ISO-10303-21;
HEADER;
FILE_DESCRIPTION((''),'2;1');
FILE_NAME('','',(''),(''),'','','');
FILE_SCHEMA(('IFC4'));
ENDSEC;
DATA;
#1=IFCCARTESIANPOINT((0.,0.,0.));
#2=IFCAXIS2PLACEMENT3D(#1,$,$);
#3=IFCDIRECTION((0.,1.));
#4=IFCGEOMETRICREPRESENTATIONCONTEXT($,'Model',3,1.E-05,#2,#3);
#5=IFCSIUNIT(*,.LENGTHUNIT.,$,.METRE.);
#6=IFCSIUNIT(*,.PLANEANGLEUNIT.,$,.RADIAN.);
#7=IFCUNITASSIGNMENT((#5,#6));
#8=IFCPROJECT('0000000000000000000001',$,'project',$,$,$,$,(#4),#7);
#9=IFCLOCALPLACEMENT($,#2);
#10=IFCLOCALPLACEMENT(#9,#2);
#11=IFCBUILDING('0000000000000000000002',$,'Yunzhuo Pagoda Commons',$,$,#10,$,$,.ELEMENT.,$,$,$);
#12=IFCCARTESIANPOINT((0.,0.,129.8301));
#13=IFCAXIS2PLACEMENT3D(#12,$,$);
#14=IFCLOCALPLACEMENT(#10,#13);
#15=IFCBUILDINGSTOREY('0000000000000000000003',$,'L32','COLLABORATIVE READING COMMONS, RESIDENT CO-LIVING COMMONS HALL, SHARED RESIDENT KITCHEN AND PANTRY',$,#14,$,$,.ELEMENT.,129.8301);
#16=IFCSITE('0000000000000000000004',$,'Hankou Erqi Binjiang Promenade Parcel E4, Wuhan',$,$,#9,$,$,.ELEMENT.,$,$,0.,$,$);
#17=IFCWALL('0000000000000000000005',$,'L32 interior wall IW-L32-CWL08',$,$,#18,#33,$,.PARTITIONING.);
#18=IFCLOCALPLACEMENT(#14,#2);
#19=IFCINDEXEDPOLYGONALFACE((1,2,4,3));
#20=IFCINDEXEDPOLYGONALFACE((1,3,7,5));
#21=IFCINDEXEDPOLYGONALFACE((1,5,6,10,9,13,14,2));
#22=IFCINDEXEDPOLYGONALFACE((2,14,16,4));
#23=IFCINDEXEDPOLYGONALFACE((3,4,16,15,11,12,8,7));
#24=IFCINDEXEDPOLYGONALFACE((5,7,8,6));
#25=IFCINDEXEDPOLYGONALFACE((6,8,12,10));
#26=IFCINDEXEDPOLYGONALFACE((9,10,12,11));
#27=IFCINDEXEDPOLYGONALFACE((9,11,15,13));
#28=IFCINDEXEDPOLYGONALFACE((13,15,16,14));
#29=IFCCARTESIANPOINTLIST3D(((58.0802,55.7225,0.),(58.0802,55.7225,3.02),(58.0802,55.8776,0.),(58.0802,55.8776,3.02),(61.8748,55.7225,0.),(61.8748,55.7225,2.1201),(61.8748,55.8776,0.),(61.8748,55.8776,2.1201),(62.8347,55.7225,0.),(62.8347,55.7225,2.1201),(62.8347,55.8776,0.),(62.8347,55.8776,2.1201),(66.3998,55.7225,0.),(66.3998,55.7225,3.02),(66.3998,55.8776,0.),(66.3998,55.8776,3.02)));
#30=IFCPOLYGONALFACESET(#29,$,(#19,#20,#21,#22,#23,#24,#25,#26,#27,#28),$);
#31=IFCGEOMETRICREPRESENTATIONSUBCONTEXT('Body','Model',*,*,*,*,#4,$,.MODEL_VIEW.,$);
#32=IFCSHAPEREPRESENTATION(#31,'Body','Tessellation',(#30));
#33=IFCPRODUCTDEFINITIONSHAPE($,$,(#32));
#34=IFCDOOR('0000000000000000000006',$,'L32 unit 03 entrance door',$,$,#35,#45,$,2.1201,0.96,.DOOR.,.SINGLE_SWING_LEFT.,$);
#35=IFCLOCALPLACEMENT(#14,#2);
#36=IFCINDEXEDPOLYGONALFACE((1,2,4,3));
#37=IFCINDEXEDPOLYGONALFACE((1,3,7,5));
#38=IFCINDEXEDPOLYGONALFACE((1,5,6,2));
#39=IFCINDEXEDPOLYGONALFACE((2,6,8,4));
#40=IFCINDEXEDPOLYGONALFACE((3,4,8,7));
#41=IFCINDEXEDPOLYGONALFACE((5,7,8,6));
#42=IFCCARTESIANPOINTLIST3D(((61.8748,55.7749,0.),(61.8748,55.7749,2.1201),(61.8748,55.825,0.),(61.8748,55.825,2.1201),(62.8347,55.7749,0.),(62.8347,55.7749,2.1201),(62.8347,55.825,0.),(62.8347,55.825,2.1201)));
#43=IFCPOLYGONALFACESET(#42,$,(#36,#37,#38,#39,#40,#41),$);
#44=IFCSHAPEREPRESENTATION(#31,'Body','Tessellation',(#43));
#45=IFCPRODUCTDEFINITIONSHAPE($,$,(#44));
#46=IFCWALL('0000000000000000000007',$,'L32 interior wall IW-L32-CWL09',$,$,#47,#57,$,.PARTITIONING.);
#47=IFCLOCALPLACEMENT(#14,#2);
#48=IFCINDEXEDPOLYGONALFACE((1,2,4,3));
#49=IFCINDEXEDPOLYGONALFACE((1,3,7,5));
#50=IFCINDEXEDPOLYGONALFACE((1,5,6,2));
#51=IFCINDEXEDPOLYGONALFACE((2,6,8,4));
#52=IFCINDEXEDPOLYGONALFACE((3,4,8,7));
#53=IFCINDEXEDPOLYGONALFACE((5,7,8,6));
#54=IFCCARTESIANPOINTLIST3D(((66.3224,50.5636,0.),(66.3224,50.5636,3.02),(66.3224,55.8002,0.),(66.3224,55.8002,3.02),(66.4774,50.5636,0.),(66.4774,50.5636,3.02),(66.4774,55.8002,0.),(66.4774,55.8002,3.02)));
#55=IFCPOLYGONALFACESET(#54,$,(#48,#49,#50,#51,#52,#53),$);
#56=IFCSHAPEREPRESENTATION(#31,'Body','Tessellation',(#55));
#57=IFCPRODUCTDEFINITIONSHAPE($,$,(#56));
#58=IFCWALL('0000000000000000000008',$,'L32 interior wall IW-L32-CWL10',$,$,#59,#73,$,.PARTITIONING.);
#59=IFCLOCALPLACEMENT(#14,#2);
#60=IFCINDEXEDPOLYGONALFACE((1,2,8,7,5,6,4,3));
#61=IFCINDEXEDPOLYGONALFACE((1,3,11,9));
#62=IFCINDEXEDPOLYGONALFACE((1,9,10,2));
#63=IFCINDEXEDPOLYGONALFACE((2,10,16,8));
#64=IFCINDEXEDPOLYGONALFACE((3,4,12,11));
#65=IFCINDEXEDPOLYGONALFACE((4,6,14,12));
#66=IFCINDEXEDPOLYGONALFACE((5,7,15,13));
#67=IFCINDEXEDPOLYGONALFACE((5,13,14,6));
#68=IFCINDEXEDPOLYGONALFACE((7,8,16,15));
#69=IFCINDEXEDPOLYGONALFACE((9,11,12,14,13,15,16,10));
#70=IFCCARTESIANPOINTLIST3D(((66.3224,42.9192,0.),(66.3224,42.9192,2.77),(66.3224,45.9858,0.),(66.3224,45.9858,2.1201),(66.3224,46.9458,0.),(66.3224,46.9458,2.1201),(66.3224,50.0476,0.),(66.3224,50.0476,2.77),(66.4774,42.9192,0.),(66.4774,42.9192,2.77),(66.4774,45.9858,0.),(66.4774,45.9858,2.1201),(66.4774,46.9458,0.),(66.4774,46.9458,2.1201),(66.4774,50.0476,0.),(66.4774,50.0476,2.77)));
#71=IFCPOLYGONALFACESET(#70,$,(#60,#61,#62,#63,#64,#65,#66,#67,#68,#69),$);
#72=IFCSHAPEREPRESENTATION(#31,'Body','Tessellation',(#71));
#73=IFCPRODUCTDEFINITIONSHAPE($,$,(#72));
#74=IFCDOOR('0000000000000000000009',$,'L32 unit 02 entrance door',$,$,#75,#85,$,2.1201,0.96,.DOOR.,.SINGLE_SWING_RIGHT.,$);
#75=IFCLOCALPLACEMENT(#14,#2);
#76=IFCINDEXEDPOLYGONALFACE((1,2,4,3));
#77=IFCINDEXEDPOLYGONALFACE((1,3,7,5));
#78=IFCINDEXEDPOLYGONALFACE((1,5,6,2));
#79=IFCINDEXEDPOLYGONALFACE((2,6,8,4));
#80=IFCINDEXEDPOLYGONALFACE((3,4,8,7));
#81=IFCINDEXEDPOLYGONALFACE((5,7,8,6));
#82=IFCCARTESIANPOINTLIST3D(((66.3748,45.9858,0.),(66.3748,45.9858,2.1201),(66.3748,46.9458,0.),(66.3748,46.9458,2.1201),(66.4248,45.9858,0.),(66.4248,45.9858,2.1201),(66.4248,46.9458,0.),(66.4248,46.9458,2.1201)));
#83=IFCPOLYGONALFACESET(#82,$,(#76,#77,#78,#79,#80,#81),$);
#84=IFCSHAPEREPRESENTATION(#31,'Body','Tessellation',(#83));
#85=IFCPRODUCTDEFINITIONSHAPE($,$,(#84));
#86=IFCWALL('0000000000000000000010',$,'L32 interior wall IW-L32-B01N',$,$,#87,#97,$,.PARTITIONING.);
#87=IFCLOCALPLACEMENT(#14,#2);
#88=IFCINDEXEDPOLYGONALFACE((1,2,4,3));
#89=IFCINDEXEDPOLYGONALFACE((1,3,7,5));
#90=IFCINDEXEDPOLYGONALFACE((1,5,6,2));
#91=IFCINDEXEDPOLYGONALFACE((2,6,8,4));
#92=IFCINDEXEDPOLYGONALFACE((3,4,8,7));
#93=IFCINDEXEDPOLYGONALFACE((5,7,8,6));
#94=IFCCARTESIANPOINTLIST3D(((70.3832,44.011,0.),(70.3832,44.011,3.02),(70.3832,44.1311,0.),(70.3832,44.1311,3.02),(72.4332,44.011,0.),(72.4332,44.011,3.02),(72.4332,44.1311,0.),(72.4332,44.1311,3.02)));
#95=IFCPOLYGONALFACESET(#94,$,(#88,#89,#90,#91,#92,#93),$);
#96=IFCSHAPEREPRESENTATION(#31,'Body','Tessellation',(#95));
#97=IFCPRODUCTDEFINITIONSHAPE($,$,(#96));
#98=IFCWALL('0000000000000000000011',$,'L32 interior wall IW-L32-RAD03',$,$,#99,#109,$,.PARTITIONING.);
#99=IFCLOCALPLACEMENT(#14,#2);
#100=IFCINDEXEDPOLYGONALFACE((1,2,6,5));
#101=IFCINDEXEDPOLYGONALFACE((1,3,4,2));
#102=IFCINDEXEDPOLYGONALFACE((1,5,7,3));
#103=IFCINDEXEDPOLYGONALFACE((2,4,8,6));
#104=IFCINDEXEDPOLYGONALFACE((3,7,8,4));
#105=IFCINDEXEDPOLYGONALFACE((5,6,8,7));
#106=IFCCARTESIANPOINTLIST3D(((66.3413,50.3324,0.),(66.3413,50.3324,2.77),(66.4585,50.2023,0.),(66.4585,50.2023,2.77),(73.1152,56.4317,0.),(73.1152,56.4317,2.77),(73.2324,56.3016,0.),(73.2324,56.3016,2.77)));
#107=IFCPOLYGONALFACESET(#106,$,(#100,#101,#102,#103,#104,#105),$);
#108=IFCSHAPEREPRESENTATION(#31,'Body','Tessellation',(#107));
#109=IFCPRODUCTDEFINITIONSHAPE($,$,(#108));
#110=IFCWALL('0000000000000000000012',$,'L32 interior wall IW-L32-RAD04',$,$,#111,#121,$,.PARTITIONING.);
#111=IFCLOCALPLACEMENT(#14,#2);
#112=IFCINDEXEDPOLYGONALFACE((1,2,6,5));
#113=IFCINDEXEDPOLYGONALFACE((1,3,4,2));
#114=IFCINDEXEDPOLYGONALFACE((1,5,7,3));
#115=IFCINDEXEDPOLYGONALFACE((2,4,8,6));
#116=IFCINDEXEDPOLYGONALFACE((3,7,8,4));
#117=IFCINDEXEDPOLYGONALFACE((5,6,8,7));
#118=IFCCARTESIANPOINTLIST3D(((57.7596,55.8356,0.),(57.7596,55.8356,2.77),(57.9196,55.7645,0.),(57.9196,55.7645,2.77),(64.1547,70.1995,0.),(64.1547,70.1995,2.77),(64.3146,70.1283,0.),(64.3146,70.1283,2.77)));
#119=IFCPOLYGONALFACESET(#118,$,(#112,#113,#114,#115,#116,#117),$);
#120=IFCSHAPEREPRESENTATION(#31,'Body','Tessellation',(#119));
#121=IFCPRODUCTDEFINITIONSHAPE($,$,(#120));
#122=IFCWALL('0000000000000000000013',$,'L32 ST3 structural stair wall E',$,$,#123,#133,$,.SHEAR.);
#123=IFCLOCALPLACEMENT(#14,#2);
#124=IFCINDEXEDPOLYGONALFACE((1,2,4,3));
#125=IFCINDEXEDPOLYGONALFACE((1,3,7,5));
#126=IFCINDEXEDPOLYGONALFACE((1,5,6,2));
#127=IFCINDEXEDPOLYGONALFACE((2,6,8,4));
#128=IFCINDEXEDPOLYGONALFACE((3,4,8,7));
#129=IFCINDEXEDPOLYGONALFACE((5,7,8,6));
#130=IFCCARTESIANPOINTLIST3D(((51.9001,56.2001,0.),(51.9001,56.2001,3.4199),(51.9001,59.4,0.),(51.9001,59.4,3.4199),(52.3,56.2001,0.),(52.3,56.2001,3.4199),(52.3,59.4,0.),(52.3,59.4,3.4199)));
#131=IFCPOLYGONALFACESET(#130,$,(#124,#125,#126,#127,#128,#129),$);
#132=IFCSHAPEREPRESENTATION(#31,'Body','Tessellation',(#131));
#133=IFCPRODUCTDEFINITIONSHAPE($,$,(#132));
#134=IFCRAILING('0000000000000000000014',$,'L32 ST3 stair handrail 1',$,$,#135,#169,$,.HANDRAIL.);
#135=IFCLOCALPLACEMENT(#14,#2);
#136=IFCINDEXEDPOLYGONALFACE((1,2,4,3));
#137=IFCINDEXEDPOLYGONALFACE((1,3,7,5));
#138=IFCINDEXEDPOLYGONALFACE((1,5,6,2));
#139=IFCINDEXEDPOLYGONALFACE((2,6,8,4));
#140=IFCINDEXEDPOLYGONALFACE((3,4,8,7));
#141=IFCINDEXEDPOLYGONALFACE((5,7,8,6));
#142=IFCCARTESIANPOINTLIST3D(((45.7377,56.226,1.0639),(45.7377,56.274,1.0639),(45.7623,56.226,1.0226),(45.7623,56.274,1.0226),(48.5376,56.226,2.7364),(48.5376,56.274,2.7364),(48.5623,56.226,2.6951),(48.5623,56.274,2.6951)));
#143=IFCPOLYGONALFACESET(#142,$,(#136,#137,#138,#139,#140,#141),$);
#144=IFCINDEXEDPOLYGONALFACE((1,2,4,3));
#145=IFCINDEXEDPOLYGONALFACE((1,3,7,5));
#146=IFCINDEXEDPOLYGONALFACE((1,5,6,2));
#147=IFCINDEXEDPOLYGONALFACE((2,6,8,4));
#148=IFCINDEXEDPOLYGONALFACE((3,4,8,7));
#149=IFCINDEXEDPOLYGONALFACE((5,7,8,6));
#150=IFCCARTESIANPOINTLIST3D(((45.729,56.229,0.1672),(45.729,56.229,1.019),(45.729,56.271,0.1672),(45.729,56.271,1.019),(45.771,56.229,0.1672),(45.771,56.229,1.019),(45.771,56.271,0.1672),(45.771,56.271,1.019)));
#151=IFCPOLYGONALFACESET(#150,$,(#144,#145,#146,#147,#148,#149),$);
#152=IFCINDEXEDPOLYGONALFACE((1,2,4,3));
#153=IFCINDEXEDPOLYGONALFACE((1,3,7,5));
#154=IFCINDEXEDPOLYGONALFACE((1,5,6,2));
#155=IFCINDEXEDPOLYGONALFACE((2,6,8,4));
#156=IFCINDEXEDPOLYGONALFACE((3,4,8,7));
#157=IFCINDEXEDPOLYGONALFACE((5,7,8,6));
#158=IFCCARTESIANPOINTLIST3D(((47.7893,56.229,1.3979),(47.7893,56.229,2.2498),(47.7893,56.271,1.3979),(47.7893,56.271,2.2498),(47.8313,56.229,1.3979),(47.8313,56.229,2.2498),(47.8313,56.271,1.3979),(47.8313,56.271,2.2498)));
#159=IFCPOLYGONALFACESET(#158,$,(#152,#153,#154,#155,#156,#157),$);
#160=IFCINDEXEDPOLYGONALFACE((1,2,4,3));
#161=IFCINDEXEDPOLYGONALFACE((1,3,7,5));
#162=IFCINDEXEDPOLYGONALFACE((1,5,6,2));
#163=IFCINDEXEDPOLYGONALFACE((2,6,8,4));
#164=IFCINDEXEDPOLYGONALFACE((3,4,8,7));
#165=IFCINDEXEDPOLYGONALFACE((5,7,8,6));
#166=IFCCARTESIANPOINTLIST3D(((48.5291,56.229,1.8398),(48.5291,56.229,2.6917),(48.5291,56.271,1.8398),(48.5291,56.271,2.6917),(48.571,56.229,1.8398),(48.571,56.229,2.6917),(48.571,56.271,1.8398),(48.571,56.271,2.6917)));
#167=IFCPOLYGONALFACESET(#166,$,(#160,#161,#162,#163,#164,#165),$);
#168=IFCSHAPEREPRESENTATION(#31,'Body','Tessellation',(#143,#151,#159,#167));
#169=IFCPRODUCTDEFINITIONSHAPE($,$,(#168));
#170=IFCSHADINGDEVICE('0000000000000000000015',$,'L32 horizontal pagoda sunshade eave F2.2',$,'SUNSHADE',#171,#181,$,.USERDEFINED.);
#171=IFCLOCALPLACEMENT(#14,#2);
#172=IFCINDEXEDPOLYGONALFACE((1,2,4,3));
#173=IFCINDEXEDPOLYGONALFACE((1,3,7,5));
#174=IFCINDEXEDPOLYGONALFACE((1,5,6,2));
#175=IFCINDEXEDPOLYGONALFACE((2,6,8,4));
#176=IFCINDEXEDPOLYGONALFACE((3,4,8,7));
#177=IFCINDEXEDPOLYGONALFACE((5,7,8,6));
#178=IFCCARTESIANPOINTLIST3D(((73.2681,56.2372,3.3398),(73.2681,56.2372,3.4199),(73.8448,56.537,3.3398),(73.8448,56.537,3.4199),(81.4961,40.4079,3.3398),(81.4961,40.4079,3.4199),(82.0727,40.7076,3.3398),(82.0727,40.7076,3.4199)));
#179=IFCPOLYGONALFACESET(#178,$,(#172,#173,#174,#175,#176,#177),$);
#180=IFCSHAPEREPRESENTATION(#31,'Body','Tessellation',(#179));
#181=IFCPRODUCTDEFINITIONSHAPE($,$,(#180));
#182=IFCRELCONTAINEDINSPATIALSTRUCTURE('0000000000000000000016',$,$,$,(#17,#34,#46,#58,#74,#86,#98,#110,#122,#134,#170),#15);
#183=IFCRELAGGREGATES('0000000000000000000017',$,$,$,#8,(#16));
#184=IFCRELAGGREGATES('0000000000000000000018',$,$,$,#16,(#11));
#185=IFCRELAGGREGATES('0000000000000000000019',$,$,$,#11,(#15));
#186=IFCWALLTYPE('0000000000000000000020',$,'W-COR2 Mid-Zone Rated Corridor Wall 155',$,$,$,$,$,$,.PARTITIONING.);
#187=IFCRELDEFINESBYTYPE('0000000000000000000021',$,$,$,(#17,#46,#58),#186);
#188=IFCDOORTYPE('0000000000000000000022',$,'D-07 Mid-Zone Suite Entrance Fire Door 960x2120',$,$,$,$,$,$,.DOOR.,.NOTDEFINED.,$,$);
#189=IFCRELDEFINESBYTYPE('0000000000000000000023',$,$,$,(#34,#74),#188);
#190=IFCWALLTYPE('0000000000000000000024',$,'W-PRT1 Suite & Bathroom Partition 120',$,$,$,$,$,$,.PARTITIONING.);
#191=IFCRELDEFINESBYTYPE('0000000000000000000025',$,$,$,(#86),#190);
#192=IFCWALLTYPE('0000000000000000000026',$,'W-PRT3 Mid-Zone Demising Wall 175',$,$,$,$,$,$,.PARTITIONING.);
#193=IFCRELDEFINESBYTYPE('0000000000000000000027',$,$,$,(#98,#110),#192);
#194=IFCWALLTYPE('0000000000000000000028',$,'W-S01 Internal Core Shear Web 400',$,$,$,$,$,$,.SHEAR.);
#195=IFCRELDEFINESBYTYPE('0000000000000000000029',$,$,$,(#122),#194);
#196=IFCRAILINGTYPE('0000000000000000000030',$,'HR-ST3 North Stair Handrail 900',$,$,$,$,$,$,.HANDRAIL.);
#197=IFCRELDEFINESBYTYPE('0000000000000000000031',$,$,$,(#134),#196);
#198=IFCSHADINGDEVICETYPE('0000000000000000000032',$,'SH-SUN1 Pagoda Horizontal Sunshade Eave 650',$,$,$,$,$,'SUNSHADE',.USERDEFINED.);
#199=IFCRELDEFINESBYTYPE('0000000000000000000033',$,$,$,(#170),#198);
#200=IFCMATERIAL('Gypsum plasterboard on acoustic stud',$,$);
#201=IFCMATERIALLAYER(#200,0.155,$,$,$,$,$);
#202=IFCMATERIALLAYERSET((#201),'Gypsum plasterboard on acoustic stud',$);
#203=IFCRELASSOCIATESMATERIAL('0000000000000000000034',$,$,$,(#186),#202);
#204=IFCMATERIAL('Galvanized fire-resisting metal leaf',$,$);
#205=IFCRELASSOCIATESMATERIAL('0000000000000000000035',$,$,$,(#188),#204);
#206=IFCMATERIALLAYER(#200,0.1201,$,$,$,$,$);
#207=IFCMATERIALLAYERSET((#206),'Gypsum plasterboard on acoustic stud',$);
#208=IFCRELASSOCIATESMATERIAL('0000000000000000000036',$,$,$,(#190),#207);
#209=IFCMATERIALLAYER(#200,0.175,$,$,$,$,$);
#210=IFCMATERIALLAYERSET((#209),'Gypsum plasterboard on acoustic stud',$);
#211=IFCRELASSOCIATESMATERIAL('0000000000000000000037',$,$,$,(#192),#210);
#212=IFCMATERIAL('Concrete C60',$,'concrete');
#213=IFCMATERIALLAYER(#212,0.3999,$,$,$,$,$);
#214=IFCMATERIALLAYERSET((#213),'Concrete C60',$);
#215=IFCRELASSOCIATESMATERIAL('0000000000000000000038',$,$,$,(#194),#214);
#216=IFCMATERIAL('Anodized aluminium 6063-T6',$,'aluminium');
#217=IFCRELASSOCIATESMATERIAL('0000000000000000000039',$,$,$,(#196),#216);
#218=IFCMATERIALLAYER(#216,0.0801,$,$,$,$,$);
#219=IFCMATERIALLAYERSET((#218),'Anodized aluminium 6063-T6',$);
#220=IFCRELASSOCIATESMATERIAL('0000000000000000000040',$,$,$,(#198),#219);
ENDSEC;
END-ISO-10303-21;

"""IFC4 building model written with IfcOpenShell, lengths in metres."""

from ifc_helpers import new_model, si_unit, direction, frame, frame_2d, origin, origin_with_axes, origin_2d, place, context, subcontext, project, spatial, rectangle, extrude, source, transform, mapped, material, layer, layer_set, type_object, element, fill, save


model = new_model("IFC4")

# Units and contexts
model_context = context("Model", 3, precision=1e-05, world=origin(), true_north=direction((0.0, 1.0)))
body_context = subcontext(model_context, "Body", "Model", "MODEL_VIEW")
ifc_project = project(units=[si_unit("LENGTHUNIT", "METRE"), si_unit("PLANEANGLEUNIT", "RADIAN")], contexts=[model_context])

# Site, building, storey
site_placement = place(None, origin())
site = spatial("IfcSite", under=ifc_project, at=site_placement, Name="Hankou Erqi Binjiang Promenade Parcel E4, Wuhan", CompositionType="ELEMENT", RefElevation=0.0)
building_placement = place(site_placement, origin())
building = spatial("IfcBuilding", under=site, at=building_placement, Name="Yunzhuo Pagoda Commons", CompositionType="ELEMENT")
storey_placement = place(building_placement, frame((0.0, 0.0, 129.8301)))
storey = spatial("IfcBuildingStorey", under=building, at=storey_placement, Name="L32", Description="COLLABORATIVE READING COMMONS, RESIDENT CO-LIVING COMMONS HALL, SHARED RESIDENT KITCHEN AND PANTRY", CompositionType="ELEMENT", Elevation=129.8301)

# Shared definitions
ifc_material_1 = material(Name="Anodized aluminium 6063-T6", Category="aluminium")

# Shared definitions
ifc_material_2 = material(Name="Gypsum plasterboard on acoustic stud")
ifc_layer_1 = layer(ifc_material_2, 0.155)
ifc_layer_set_1 = layer_set([ifc_layer_1], Name="Gypsum plasterboard on acoustic stud")
wall_type_1 = type_object("IfcWallType", Name="W-COR2 Mid-Zone Rated Corridor Wall 155", PredefinedType="PARTITIONING", material=ifc_layer_set_1)

# Wall, opening, door
wall_1_placement = place(storey_placement, frame((58.0803, 55.8, 0.0), z_axis=(0.0, 0.0, 1.0), x_axis=(1.0, 0.0, 0.0)))
wall_1 = element("IfcWall", 1, at=wall_1_placement, inside=storey, type_object=wall_type_1, Name="L32 interior wall IW-L32-CWL08", PredefinedType="PARTITIONING", context=body_context, shape_type="SweptSolid", body=[
    extrude(rectangle(XDim=8.3196, YDim=0.155, at=frame_2d((4.1597, 0.0))), origin(), (0.0, 0.0, 1.0), 3.02),
])
opening_1_placement = place(wall_1_placement, frame((3.7944, 0.0, 0.0)))
opening_1 = element("IfcOpeningElement", 2, at=opening_1_placement, cuts=wall_1, PredefinedType="OPENING", context=body_context, shape_type="SweptSolid", body=[
    extrude(rectangle(XDim=0.96, YDim=2.1201, at=frame_2d((0.48, 1.0601))), frame((0.0, 0.0874, 0.0), z_axis=(0.0, -1.0, 0.0), x_axis=(1.0, 0.0, 0.0)), (0.0, 0.0, 1.0), 0.175),
])
ifc_material_3 = material(Name="Galvanized fire-resisting metal leaf")
door_type = type_object("IfcDoorType", Name="D-07 Mid-Zone Suite Entrance Fire Door 960x2120", OperationType="NOTDEFINED", PredefinedType="DOOR", material=ifc_material_3)
shared_shape_1 = source(origin(), body_context, "Body", "SweptSolid", [
    extrude(rectangle(XDim=0.96, YDim=2.1201, at=frame_2d((0.48, 1.0601))), frame((0.0, 0.0249, 0.0), z_axis=(0.0, -1.0, 0.0), x_axis=(1.0, 0.0, 0.0)), (0.0, 0.0, 1.0), 0.05),
])
door_1_placement = place(opening_1_placement, origin_with_axes())
door_1 = element("IfcDoor", 3, at=door_1_placement, inside=storey, type_object=door_type, Name="L32 unit 03 entrance door", OperationType="SINGLE_SWING_LEFT", OverallHeight=2.1201, OverallWidth=0.96, PredefinedType="DOOR", context=body_context, shape_type="MappedRepresentation", body=[
    mapped(shared_shape_1, transform((0.0, 0.0, 0.0), scale=1.0)),
])
fill(opening_1, door_1)

# Wall
wall_2_placement = place(storey_placement, frame((66.3999, 55.8, 0.0), z_axis=(0.0, 0.0, 1.0), x_axis=(0.0, -1.0, 0.0)))
element("IfcWall", 4, at=wall_2_placement, inside=storey, type_object=wall_type_1, Name="L32 interior wall IW-L32-CWL09", PredefinedType="PARTITIONING", context=body_context, shape_type="SweptSolid", body=[
    extrude(rectangle(XDim=5.2366, YDim=0.155, at=frame_2d((2.6182, 0.0))), origin(), (0.0, 0.0, 1.0), 3.02),
])

# Wall, opening, door
wall_3_placement = place(storey_placement, frame((66.3999, 50.0476, 0.0), z_axis=(0.0, 0.0, 1.0), x_axis=(0.0, -1.0, 0.0)))
wall_3 = element("IfcWall", 5, at=wall_3_placement, inside=storey, type_object=wall_type_1, Name="L32 interior wall IW-L32-CWL10", PredefinedType="PARTITIONING", context=body_context, shape_type="SweptSolid", body=[
    extrude(rectangle(XDim=7.1284, YDim=0.155, at=frame_2d((3.5642, 0.0))), origin(), (0.0, 0.0, 1.0), 2.77),
])
opening_2_placement = place(wall_3_placement, frame((3.1018, 0.0, 0.0)))
opening_2 = element("IfcOpeningElement", 6, at=opening_2_placement, cuts=wall_3, PredefinedType="OPENING", context=body_context, shape_type="SweptSolid", body=[
    extrude(rectangle(XDim=0.96, YDim=2.1201, at=frame_2d((0.48, 1.0601))), frame((0.0, 0.0874, 0.0), z_axis=(0.0, -1.0, 0.0), x_axis=(1.0, 0.0, 0.0)), (0.0, 0.0, 1.0), 0.175),
])
door_2_placement = place(opening_2_placement, origin_with_axes())
door_2 = element("IfcDoor", 7, at=door_2_placement, inside=storey, type_object=door_type, Name="L32 unit 02 entrance door", OperationType="SINGLE_SWING_RIGHT", OverallHeight=2.1201, OverallWidth=0.96, PredefinedType="DOOR", context=body_context, shape_type="MappedRepresentation", body=[
    mapped(shared_shape_1, transform((0.0, 0.0, 0.0), scale=1.0)),
])
fill(opening_2, door_2)

# Walls
ifc_layer_2 = layer(ifc_material_2, 0.1201)
ifc_layer_set_2 = layer_set([ifc_layer_2], Name="Gypsum plasterboard on acoustic stud")
wall_type_2 = type_object("IfcWallType", Name="W-PRT1 Suite & Bathroom Partition 120", PredefinedType="PARTITIONING", material=ifc_layer_set_2)
wall_4_placement = place(storey_placement, frame((72.4331, 44.071, 0.0), z_axis=(0.0, 0.0, 1.0), x_axis=(-1.0, 0.0, 0.0)))
element("IfcWall", 8, at=wall_4_placement, inside=storey, type_object=wall_type_2, Name="L32 interior wall IW-L32-B01N", PredefinedType="PARTITIONING", context=body_context, shape_type="SweptSolid", body=[
    extrude(rectangle(XDim=2.05, YDim=0.1201, at=frame_2d((1.0249, 0.0))), origin(), (0.0, 0.0, 1.0), 3.02),
])
ifc_layer_3 = layer(ifc_material_2, 0.175)
ifc_layer_set_3 = layer_set([ifc_layer_3], Name="Gypsum plasterboard on acoustic stud")
wall_type_3 = type_object("IfcWallType", Name="W-PRT3 Mid-Zone Demising Wall 175", PredefinedType="PARTITIONING", material=ifc_layer_set_3)
wall_5_placement = place(storey_placement, frame((66.3999, 50.2673, 0.0), z_axis=(0.0, 0.0, 1.0), x_axis=(0.74314, 0.669136, 0.0)))
element("IfcWall", 9, at=wall_5_placement, inside=storey, type_object=wall_type_3, Name="L32 interior wall IW-L32-RAD03", PredefinedType="PARTITIONING", context=body_context, shape_type="SweptSolid", body=[
    extrude(rectangle(XDim=9.1152, YDim=0.175, at=frame_2d((4.5576, 0.0))), origin(), (0.0, 0.0, 1.0), 2.77),
])
wall_6_placement = place(storey_placement, frame((57.8396, 55.8, 0.0), z_axis=(0.0, 0.0, 1.0), x_axis=(0.406729, 0.913549, 0.0)))
element("IfcWall", 10, at=wall_6_placement, inside=storey, type_object=wall_type_3, Name="L32 interior wall IW-L32-RAD04", PredefinedType="PARTITIONING", context=body_context, shape_type="SweptSolid", body=[
    extrude(rectangle(XDim=15.7231, YDim=0.175, at=frame_2d((7.8616, 0.0))), origin(), (0.0, 0.0, 1.0), 2.77),
])
ifc_material_4 = material(Name="Concrete C60", Category="concrete")
ifc_layer_4 = layer(ifc_material_4, 0.3999)
ifc_layer_set_4 = layer_set([ifc_layer_4], Name="Concrete C60")
wall_type_4 = type_object("IfcWallType", Name="W-S01 Internal Core Shear Web 400", PredefinedType="SHEAR", material=ifc_layer_set_4)
wall_7_placement = place(storey_placement, frame((52.1001, 56.2, 0.0), z_axis=(0.0, 0.0, 1.0), x_axis=(0.0, 1.0, 0.0)))
element("IfcWall", 11, at=wall_7_placement, inside=storey, type_object=wall_type_4, Name="L32 ST3 structural stair wall E", PredefinedType="SHEAR", context=body_context, shape_type="SweptSolid", body=[
    extrude(rectangle(XDim=3.2, YDim=0.3999, at=frame_2d((1.6001, 0.0))), origin(), (0.0, 0.0, 1.0), 3.4199),
])

# Railing
railing_type = type_object("IfcRailingType", Name="HR-ST3 North Stair Handrail 900", PredefinedType="HANDRAIL", material=ifc_material_1)
railing_placement = place(storey_placement, frame((45.75, 56.25, 0.1672)))
element("IfcRailing", 12, at=railing_placement, inside=storey, type_object=railing_type, Name="L32 ST3 stair handrail 1", PredefinedType="HANDRAIL", context=body_context, shape_type="SweptSolid", body=[
    extrude(rectangle(XDim=0.0481, YDim=0.0481, at=origin_2d()), frame((0.0, 0.0, 0.876), z_axis=(0.858495, 0.0, 0.512822), x_axis=(0.0, 1.0, 0.0)), (0.0, 0.0, 1.0), 3.2615),
    extrude(rectangle(XDim=0.042, YDim=0.042, at=origin_2d()), origin(), (0.0, 0.0, 1.0), 0.8518),
    extrude(rectangle(XDim=0.042, YDim=0.042, at=origin_2d()), frame((2.0603, 0.0, 1.2307)), (0.0, 0.0, 1.0), 0.8518),
    extrude(rectangle(XDim=0.042, YDim=0.042, at=origin_2d()), frame((2.8, 0.0, 1.6726)), (0.0, 0.0, 1.0), 0.8518),
])

# Shading device
ifc_layer_5 = layer(ifc_material_1, 0.0801)
ifc_layer_set_5 = layer_set([ifc_layer_5], Name="Anodized aluminium 6063-T6")
shading_device_type = type_object("IfcShadingDeviceType", Name="SH-SUN1 Pagoda Horizontal Sunshade Eave 650", ElementType="SUNSHADE", PredefinedType="USERDEFINED", material=ifc_layer_set_5)
shared_shape_2 = source(origin(), body_context, "Body", "SweptSolid", [
    extrude(rectangle(XDim=17.8401, YDim=0.6499, at=origin_2d()), origin(), (0.0, 0.0, 1.0), 0.0801),
])
shading_device_placement = place(storey_placement, frame((77.6704, 48.4724, 3.3398), z_axis=(0.0, 0.0, 1.0), x_axis=(-0.461207, 0.887293, 0.0)))
element("IfcShadingDevice", 13, at=shading_device_placement, inside=storey, type_object=shading_device_type, Name="L32 horizontal pagoda sunshade eave F2.2", ObjectType="SUNSHADE", PredefinedType="USERDEFINED", context=body_context, shape_type="MappedRepresentation", body=[
    mapped(shared_shape_2, transform((0.0, 0.0, 0.0), scale=1.0)),
])

save(model, "model.ifc")
